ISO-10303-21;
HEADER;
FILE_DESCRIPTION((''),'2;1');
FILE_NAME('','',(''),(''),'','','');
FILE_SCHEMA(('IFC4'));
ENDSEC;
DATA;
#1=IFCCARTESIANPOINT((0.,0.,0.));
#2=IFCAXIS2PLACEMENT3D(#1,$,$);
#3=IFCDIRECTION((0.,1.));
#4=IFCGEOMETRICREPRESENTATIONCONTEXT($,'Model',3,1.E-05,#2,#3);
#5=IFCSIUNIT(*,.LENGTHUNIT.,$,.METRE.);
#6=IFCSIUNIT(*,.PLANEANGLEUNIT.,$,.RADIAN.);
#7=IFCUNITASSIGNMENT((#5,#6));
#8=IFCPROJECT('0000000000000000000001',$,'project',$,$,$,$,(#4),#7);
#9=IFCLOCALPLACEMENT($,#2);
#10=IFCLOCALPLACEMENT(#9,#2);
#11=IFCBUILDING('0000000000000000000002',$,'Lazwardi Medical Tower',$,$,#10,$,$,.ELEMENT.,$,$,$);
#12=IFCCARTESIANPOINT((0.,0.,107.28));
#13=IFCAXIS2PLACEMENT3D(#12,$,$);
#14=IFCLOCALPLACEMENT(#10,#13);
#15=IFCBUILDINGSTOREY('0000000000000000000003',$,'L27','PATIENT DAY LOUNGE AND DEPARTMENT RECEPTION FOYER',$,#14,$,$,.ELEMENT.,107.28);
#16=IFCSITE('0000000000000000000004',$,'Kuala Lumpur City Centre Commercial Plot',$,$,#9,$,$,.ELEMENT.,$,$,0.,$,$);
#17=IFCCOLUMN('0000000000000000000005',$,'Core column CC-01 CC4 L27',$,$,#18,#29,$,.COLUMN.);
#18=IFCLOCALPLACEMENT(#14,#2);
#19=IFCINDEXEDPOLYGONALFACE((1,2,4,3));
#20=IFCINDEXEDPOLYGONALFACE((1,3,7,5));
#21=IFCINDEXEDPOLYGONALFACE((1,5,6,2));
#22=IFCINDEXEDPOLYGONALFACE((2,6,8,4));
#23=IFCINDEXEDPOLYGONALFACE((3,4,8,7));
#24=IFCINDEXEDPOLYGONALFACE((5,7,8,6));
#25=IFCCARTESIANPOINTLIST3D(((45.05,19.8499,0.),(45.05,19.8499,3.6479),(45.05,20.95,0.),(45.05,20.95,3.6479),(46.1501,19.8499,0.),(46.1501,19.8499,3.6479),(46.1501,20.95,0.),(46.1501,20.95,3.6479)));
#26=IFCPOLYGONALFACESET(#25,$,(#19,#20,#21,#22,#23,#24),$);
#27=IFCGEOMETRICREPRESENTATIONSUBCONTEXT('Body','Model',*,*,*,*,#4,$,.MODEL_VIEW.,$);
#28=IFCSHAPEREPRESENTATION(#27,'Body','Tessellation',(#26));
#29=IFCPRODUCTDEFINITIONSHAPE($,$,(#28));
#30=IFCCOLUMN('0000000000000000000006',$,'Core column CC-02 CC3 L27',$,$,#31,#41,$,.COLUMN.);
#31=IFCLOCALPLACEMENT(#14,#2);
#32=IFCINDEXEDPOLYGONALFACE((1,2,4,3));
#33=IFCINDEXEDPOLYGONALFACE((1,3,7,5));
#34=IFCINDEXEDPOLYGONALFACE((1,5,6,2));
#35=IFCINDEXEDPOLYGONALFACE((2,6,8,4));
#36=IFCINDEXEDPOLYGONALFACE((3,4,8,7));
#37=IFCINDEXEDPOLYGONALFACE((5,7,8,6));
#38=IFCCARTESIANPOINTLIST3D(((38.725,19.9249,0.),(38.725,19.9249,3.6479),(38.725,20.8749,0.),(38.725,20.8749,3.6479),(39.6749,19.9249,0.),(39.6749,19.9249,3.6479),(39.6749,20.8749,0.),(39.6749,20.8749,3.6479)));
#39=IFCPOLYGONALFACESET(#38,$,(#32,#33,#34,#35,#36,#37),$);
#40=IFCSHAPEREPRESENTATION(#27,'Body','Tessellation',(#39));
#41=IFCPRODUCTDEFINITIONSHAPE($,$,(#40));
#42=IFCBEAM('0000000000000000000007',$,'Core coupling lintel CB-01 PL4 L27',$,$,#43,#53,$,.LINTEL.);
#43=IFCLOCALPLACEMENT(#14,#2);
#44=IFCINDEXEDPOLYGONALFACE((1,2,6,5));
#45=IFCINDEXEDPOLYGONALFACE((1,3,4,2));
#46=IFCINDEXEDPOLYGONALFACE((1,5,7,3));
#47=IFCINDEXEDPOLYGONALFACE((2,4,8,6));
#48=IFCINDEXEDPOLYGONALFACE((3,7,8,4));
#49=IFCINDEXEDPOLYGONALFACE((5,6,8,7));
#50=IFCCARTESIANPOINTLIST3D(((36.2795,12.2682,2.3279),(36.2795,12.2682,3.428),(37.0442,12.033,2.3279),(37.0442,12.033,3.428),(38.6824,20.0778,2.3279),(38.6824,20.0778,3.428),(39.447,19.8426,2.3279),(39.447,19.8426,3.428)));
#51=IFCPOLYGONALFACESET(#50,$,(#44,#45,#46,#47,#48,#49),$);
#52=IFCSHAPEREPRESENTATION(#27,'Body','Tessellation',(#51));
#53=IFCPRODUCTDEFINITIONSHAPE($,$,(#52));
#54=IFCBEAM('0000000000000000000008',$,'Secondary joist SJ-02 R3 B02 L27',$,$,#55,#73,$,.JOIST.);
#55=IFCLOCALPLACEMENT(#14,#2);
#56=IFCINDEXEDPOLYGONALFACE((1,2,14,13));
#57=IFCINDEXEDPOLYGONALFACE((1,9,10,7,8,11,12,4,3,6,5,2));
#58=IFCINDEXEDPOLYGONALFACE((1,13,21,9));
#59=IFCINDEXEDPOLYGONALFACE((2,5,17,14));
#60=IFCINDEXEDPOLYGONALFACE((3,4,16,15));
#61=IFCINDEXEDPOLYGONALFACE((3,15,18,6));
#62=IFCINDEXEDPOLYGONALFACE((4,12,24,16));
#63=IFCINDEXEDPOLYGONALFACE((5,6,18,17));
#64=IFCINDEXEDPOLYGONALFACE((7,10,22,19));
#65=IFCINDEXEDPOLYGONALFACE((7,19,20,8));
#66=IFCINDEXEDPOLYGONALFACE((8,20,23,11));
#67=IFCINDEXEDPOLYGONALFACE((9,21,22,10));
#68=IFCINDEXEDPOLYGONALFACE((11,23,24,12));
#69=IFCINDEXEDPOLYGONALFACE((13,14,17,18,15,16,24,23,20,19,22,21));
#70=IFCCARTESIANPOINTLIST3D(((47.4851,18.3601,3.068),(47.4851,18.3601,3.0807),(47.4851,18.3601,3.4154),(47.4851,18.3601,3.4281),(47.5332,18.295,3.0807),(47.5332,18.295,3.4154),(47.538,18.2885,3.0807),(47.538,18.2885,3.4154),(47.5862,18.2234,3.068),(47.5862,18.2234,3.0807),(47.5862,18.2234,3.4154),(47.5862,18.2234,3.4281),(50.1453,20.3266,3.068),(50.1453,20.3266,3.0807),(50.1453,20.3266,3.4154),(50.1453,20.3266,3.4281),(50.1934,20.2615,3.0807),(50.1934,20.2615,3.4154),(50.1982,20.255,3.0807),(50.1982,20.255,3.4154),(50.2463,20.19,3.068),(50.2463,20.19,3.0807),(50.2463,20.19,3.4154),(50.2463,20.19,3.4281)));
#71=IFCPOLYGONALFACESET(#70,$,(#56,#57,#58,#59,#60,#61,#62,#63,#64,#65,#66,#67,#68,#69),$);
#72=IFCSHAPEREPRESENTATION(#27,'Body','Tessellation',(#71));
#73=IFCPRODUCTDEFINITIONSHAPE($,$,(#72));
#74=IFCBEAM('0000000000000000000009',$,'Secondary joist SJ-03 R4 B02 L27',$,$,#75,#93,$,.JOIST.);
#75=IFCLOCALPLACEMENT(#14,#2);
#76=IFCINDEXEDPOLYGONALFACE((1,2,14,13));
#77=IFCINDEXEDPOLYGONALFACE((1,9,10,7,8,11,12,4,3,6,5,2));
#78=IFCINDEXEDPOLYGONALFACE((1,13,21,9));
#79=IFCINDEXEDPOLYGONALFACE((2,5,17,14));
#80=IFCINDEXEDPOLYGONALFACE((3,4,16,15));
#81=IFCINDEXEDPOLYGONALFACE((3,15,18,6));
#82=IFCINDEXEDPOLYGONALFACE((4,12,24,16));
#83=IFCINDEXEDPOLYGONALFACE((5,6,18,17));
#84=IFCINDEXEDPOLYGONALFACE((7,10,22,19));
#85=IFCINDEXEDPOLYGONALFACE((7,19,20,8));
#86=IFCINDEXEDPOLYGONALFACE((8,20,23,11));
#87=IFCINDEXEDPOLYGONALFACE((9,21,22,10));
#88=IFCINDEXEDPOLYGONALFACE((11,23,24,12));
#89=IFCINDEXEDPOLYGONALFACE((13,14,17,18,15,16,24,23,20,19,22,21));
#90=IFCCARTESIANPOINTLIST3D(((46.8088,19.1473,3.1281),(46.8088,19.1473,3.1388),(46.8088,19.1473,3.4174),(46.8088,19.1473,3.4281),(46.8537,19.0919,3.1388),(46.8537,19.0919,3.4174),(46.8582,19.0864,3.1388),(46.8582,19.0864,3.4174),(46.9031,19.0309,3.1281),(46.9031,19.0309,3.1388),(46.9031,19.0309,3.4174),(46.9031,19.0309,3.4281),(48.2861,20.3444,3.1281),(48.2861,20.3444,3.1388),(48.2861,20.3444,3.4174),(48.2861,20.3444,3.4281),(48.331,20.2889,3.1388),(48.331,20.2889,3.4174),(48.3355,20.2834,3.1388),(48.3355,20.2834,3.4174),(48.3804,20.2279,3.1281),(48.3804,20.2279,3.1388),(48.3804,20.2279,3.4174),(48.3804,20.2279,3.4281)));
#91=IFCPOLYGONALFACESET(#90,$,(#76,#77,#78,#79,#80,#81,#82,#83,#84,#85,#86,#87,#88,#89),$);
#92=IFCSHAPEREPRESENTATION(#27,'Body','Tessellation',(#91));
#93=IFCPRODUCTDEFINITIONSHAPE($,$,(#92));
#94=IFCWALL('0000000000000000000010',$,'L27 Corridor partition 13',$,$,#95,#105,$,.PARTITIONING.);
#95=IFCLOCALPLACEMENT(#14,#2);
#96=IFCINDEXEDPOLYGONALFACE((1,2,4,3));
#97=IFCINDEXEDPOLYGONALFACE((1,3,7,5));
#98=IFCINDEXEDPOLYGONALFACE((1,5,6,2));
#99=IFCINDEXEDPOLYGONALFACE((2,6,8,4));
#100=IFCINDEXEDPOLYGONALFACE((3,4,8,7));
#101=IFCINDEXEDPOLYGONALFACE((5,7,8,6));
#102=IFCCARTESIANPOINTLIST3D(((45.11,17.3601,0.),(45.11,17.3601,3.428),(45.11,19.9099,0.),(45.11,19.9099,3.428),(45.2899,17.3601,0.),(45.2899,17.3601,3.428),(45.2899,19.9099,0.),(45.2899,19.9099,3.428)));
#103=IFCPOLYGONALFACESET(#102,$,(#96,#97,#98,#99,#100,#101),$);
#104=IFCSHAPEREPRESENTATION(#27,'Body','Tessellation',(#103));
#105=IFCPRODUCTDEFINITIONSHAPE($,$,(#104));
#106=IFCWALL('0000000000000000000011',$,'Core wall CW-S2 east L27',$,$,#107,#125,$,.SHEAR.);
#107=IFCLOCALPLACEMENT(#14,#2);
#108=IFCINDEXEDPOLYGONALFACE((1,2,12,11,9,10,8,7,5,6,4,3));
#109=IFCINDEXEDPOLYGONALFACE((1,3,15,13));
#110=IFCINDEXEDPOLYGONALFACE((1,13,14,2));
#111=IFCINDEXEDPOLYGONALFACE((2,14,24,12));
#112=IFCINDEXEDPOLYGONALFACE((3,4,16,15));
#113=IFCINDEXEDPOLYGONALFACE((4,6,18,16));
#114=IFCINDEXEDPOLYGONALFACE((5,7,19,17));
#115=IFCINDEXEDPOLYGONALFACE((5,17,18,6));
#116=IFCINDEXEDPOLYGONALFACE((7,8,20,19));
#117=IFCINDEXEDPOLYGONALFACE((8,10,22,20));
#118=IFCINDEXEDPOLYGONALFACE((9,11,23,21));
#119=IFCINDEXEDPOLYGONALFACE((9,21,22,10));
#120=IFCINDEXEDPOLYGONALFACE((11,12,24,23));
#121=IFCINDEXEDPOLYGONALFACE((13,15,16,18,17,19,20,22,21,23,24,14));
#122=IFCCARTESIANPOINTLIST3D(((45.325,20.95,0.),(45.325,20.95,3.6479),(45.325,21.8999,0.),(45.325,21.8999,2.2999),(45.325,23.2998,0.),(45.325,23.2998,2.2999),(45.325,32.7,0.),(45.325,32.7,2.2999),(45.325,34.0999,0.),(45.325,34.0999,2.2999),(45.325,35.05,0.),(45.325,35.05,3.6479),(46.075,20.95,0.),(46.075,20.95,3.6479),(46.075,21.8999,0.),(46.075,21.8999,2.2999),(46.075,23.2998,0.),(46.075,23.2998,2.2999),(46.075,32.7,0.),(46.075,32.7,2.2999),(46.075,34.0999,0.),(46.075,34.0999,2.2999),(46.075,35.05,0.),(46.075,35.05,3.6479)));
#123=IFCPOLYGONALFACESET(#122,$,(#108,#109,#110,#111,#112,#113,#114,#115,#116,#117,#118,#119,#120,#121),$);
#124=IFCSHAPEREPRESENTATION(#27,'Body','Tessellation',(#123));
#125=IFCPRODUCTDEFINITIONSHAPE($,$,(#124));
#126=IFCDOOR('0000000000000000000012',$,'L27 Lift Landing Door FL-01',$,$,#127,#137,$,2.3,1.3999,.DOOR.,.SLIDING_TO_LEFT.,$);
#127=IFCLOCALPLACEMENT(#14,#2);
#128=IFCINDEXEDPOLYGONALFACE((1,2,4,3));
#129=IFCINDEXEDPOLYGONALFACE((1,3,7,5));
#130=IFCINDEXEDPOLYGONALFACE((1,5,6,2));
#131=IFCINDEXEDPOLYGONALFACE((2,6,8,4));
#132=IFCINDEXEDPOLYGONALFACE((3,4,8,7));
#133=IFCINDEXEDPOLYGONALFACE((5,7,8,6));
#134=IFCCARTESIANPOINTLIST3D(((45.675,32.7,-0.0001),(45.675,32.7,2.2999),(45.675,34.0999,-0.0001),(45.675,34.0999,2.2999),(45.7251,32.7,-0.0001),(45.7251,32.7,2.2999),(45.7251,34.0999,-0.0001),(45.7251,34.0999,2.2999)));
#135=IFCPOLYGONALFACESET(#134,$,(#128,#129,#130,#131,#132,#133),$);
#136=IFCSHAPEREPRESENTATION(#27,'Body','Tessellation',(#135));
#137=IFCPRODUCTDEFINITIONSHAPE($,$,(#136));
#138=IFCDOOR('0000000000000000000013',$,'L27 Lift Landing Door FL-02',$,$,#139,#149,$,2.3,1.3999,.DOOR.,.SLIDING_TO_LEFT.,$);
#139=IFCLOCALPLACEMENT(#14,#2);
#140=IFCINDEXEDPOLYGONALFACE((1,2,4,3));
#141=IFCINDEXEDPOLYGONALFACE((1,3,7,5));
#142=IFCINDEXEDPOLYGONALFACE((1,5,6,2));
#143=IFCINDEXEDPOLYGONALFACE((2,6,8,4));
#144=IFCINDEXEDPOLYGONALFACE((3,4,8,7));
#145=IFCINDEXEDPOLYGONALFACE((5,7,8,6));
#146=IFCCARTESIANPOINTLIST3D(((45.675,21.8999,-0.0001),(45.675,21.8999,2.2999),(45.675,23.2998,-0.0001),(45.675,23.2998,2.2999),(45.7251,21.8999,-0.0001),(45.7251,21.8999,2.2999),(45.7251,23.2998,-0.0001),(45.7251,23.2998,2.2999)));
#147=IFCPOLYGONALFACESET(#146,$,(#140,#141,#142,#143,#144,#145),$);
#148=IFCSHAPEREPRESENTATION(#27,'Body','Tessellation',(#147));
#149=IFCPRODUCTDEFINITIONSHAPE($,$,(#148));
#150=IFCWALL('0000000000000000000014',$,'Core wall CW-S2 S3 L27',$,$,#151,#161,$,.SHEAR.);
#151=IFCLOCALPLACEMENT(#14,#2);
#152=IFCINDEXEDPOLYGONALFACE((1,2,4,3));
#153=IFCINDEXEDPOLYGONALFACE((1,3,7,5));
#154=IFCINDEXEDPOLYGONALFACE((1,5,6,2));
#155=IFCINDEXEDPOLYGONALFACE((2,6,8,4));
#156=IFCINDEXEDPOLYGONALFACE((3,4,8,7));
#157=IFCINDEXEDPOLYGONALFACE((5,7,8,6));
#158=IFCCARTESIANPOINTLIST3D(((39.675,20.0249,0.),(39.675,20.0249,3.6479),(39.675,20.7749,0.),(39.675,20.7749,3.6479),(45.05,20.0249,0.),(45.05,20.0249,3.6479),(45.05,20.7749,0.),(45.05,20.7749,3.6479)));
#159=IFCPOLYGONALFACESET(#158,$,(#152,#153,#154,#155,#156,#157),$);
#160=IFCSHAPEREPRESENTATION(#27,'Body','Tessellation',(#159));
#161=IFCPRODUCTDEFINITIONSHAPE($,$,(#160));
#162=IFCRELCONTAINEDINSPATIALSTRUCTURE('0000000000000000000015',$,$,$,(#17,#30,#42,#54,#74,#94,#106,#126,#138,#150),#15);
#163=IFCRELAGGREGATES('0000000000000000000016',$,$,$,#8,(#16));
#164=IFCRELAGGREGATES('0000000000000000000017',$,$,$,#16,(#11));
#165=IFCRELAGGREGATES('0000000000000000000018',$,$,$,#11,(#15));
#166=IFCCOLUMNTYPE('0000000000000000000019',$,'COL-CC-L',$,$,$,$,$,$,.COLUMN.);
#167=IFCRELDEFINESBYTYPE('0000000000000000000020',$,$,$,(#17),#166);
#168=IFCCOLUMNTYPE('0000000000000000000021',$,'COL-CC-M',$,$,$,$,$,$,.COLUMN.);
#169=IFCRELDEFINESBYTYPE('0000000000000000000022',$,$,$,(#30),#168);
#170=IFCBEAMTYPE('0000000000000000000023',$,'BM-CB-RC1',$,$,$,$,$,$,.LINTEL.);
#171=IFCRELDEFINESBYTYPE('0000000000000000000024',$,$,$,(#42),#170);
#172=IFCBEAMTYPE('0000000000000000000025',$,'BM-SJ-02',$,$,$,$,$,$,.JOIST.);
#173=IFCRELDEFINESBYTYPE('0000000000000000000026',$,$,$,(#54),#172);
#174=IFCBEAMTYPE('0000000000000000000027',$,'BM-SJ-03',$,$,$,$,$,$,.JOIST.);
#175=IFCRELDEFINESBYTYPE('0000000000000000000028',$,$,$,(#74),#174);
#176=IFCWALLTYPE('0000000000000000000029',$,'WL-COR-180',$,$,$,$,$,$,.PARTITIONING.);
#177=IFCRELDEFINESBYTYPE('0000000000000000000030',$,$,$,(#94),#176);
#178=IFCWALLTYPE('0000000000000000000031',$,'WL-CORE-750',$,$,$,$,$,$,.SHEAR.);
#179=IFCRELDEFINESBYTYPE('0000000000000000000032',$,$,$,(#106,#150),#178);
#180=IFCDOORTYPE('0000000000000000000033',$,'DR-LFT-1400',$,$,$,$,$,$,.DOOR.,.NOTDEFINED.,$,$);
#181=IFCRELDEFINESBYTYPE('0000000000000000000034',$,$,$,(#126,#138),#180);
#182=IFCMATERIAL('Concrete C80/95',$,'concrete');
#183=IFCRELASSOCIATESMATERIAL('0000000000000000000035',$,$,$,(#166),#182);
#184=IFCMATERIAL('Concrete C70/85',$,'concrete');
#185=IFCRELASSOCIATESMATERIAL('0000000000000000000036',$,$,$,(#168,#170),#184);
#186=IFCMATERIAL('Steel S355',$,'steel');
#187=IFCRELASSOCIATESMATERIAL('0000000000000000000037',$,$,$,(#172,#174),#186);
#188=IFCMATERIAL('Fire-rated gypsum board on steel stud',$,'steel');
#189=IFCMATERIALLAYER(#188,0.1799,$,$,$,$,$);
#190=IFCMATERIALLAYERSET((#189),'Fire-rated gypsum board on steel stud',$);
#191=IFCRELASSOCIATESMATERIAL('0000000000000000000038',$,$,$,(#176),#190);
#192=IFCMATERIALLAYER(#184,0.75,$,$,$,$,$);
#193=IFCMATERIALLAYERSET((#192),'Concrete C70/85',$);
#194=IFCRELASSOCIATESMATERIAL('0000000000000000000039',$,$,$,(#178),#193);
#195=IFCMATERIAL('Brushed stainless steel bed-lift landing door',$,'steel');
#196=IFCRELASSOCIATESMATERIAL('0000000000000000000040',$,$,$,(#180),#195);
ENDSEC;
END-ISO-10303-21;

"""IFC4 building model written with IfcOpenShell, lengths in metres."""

from ifc_helpers import new_model, si_unit, direction, frame, frame_2d, origin, origin_2d, place, context, subcontext, project, spatial, rectangle, i_section, extrude, material, layer, layer_set, material_profile, profile_set, type_object, element, fill, save


model = new_model("IFC4")

# Units and contexts
model_context = context("Model", 3, precision=1e-05, world=origin(), true_north=direction((0.0, 1.0)))
body_context = subcontext(model_context, "Body", "Model", "MODEL_VIEW")
ifc_project = project(units=[si_unit("LENGTHUNIT", "METRE"), si_unit("PLANEANGLEUNIT", "RADIAN")], contexts=[model_context])

# Site, building, storey
site_placement = place(None, origin())
site = spatial("IfcSite", under=ifc_project, at=site_placement, Name="Kuala Lumpur City Centre Commercial Plot", CompositionType="ELEMENT", RefElevation=0.0)
building_placement = place(site_placement, origin())
building = spatial("IfcBuilding", under=site, at=building_placement, Name="Lazwardi Medical Tower", CompositionType="ELEMENT")
storey_placement = place(building_placement, frame((0.0, 0.0, 107.28)))
storey = spatial("IfcBuildingStorey", under=building, at=storey_placement, Name="L27", Description="PATIENT DAY LOUNGE AND DEPARTMENT RECEPTION FOYER", CompositionType="ELEMENT", Elevation=107.28)

# Columns
ifc_material_1 = material(Name="Concrete C80/95", Category="concrete")
ifc_material_profile_1 = material_profile(ifc_material_1, rectangle(XDim=1.1001, YDim=1.1001, at=origin_2d()), Name="RC 1100x1100")
ifc_profile_set_1 = profile_set([ifc_material_profile_1], Name="Concrete C80/95")
column_type_1 = type_object("IfcColumnType", Name="COL-CC-L", PredefinedType="COLUMN", material=ifc_profile_set_1)
column_1_placement = place(storey_placement, frame((45.6001, 20.3999, 0.0), z_axis=(0.0, 0.0, 1.0), x_axis=(1.0, 0.0, 0.0)))
element("IfcColumn", 1, at=column_1_placement, inside=storey, type_object=column_type_1, Name="Core column CC-01 CC4 L27", PredefinedType="COLUMN", context=body_context, shape_type="SweptSolid", body=[
    extrude(rectangle(XDim=1.1001, YDim=1.1001, at=origin_2d()), origin(), (0.0, 0.0, 1.0), 3.6479),
])
ifc_material_2 = material(Name="Concrete C70/85", Category="concrete")
ifc_material_profile_2 = material_profile(ifc_material_2, rectangle(XDim=0.95, YDim=0.95, at=origin_2d()), Name="RC 950x950")
ifc_profile_set_2 = profile_set([ifc_material_profile_2], Name="Concrete C70/85")
column_type_2 = type_object("IfcColumnType", Name="COL-CC-M", PredefinedType="COLUMN", material=ifc_profile_set_2)
column_2_placement = place(storey_placement, frame((39.2, 20.3999, 0.0), z_axis=(0.0, 0.0, 1.0), x_axis=(1.0, 0.0, 0.0)))
element("IfcColumn", 2, at=column_2_placement, inside=storey, type_object=column_type_2, Name="Core column CC-02 CC3 L27", PredefinedType="COLUMN", context=body_context, shape_type="SweptSolid", body=[
    extrude(rectangle(XDim=0.95, YDim=0.95, at=origin_2d()), origin(), (0.0, 0.0, 1.0), 3.6479),
])

# Beams
ifc_material_profile_3 = material_profile(ifc_material_2, rectangle(XDim=0.8, YDim=1.1001, at=origin_2d()), Name="RC 800x1100")
ifc_profile_set_3 = profile_set([ifc_material_profile_3], Name="Concrete C70/85")
beam_type_1 = type_object("IfcBeamType", Name="BM-CB-RC1", PredefinedType="LINTEL", material=ifc_profile_set_3)
beam_1_placement = place(storey_placement, frame((39.0647, 19.9602, 2.8779), z_axis=(-0.294073, -0.955783, 0.0), x_axis=(0.955783, -0.294073, 0.0)))
element("IfcBeam", 3, at=beam_1_placement, inside=storey, type_object=beam_type_1, Name="Core coupling lintel CB-01 PL4 L27", PredefinedType="LINTEL", context=body_context, shape_type="SweptSolid", body=[
    extrude(rectangle(XDim=0.8, YDim=1.1001, at=origin_2d()), origin(), (0.0, 0.0, 1.0), 8.1709),
])
ifc_material_3 = material(Name="Steel S355", Category="steel")
ifc_material_profile_4 = material_profile(ifc_material_3, i_section(OverallWidth=0.1699, OverallDepth=0.3601, WebThickness=0.0081, FlangeThickness=0.0127, at=origin_2d()), Name="IPE 360")
ifc_profile_set_4 = profile_set([ifc_material_profile_4], Name="Steel S355")
beam_type_2 = type_object("IfcBeamType", Name="BM-SJ-02", PredefinedType="JOIST", material=ifc_profile_set_4)
beam_2_placement = place(storey_placement, frame((47.5356, 18.2917, 3.248), z_axis=(0.804126, 0.59446, 0.0), x_axis=(-0.59446, 0.804126, 0.0)))
element("IfcBeam", 4, at=beam_2_placement, inside=storey, type_object=beam_type_2, Name="Secondary joist SJ-02 R3 B02 L27", PredefinedType="JOIST", context=body_context, shape_type="SweptSolid", body=[
    extrude(i_section(OverallWidth=0.1699, OverallDepth=0.3601, WebThickness=0.0081, FlangeThickness=0.0127, at=origin_2d()), origin(), (0.0, 0.0, 1.0), 3.3081),
])
ifc_material_profile_5 = material_profile(ifc_material_3, i_section(OverallWidth=0.1499, OverallDepth=0.3, WebThickness=0.0071, FlangeThickness=0.0107, at=origin_2d()), Name="IPE 300")
ifc_profile_set_5 = profile_set([ifc_material_profile_5], Name="Steel S355")
beam_type_3 = type_object("IfcBeamType", Name="BM-SJ-03", PredefinedType="JOIST", material=ifc_profile_set_5)
beam_3_placement = place(storey_placement, frame((46.856, 19.0891, 3.2781), z_axis=(0.776958, 0.629553, 0.0), x_axis=(-0.629553, 0.776958, 0.0)))
element("IfcBeam", 5, at=beam_3_placement, inside=storey, type_object=beam_type_3, Name="Secondary joist SJ-03 R4 B02 L27", PredefinedType="JOIST", context=body_context, shape_type="SweptSolid", body=[
    extrude(i_section(OverallWidth=0.1499, OverallDepth=0.3, WebThickness=0.0071, FlangeThickness=0.0107, at=origin_2d()), origin(), (0.0, 0.0, 1.0), 1.9014),
])

# Wall
ifc_material_4 = material(Name="Fire-rated gypsum board on steel stud", Category="steel")
ifc_layer_1 = layer(ifc_material_4, 0.1799)
ifc_layer_set_1 = layer_set([ifc_layer_1], Name="Fire-rated gypsum board on steel stud")
wall_type_1 = type_object("IfcWallType", Name="WL-COR-180", PredefinedType="PARTITIONING", material=ifc_layer_set_1)
wall_1_placement = place(storey_placement, frame((45.2, 19.9099, 0.0), z_axis=(0.0, 0.0, 1.0), x_axis=(0.0, -1.0, 0.0)))
element("IfcWall", 6, at=wall_1_placement, inside=storey, type_object=wall_type_1, Name="L27 Corridor partition 13", PredefinedType="PARTITIONING", context=body_context, shape_type="SweptSolid", body=[
    extrude(rectangle(XDim=2.5498, YDim=0.1799, at=frame_2d((1.2749, 0.0))), origin(), (0.0, 0.0, 1.0), 3.428),
])

# Wall, openings, doors
ifc_layer_2 = layer(ifc_material_2, 0.75)
ifc_layer_set_2 = layer_set([ifc_layer_2], Name="Concrete C70/85")
wall_type_2 = type_object("IfcWallType", Name="WL-CORE-750", PredefinedType="SHEAR", material=ifc_layer_set_2)
wall_2_placement = place(storey_placement, frame((45.7, 20.95, 0.0), z_axis=(0.0, 0.0, 1.0), x_axis=(0.0, 1.0, 0.0)))
wall_2 = element("IfcWall", 7, at=wall_2_placement, inside=storey, type_object=wall_type_2, Name="Core wall CW-S2 east L27", PredefinedType="SHEAR", context=body_context, shape_type="SweptSolid", body=[
    extrude(rectangle(XDim=14.1001, YDim=0.75, at=frame_2d((7.05, 0.0))), origin(), (0.0, 0.0, 1.0), 3.6479),
])
opening_1_placement = place(wall_2_placement, frame((11.75, 0.0, 0.0)))
opening_1 = element("IfcOpeningElement", 8, at=opening_1_placement, cuts=wall_2, PredefinedType="OPENING", context=body_context, shape_type="SweptSolid", body=[
    extrude(rectangle(XDim=1.3999, YDim=2.3, at=frame_2d((0.7, 1.1499))), frame((0.0, 0.385, 0.0), z_axis=(0.0, -1.0, 0.0), x_axis=(1.0, 0.0, 0.0)), (0.0, 0.0, 1.0), 0.77),
])
opening_2_placement = place(wall_2_placement, frame((0.95, 0.0, 0.0)))
opening_2 = element("IfcOpeningElement", 9, at=opening_2_placement, cuts=wall_2, PredefinedType="OPENING", context=body_context, shape_type="SweptSolid", body=[
    extrude(rectangle(XDim=1.3999, YDim=2.3, at=frame_2d((0.7, 1.1499))), frame((0.0, 0.385, 0.0), z_axis=(0.0, -1.0, 0.0), x_axis=(1.0, 0.0, 0.0)), (0.0, 0.0, 1.0), 0.77),
])
ifc_material_5 = material(Name="Brushed stainless steel bed-lift landing door", Category="steel")
door_type = type_object("IfcDoorType", Name="DR-LFT-1400", OperationType="NOTDEFINED", PredefinedType="DOOR", material=ifc_material_5)
door_1_placement = place(opening_1_placement, origin())
door_1 = element("IfcDoor", 10, at=door_1_placement, inside=storey, type_object=door_type, Name="L27 Lift Landing Door FL-01", OperationType="SLIDING_TO_LEFT", OverallHeight=2.3, OverallWidth=1.3999, PredefinedType="DOOR", context=body_context, shape_type="SweptSolid", body=[
    extrude(rectangle(XDim=1.3999, YDim=2.3, at=frame_2d((0.7, 1.1499))), frame((0.0, 0.0249, 0.0), z_axis=(0.0, -1.0, 0.0), x_axis=(1.0, 0.0, 0.0)), (0.0, 0.0, 1.0), 0.05),
])
fill(opening_1, door_1)
door_2_placement = place(opening_2_placement, origin())
door_2 = element("IfcDoor", 11, at=door_2_placement, inside=storey, type_object=door_type, Name="L27 Lift Landing Door FL-02", OperationType="SLIDING_TO_LEFT", OverallHeight=2.3, OverallWidth=1.3999, PredefinedType="DOOR", context=body_context, shape_type="SweptSolid", body=[
    extrude(rectangle(XDim=1.3999, YDim=2.3, at=frame_2d((0.7, 1.1499))), frame((0.0, 0.0249, 0.0), z_axis=(0.0, -1.0, 0.0), x_axis=(1.0, 0.0, 0.0)), (0.0, 0.0, 1.0), 0.05),
])
fill(opening_2, door_2)

# Wall
wall_3_placement = place(storey_placement, frame((39.675, 20.3999, 0.0), z_axis=(0.0, 0.0, 1.0), x_axis=(1.0, 0.0, 0.0)))
element("IfcWall", 12, at=wall_3_placement, inside=storey, type_object=wall_type_2, Name="Core wall CW-S2 S3 L27", PredefinedType="SHEAR", context=body_context, shape_type="SweptSolid", body=[
    extrude(rectangle(XDim=5.375, YDim=0.75, at=frame_2d((2.6875, 0.0))), origin(), (0.0, 0.0, 1.0), 3.6479),
])

save(model, "model.ifc")
